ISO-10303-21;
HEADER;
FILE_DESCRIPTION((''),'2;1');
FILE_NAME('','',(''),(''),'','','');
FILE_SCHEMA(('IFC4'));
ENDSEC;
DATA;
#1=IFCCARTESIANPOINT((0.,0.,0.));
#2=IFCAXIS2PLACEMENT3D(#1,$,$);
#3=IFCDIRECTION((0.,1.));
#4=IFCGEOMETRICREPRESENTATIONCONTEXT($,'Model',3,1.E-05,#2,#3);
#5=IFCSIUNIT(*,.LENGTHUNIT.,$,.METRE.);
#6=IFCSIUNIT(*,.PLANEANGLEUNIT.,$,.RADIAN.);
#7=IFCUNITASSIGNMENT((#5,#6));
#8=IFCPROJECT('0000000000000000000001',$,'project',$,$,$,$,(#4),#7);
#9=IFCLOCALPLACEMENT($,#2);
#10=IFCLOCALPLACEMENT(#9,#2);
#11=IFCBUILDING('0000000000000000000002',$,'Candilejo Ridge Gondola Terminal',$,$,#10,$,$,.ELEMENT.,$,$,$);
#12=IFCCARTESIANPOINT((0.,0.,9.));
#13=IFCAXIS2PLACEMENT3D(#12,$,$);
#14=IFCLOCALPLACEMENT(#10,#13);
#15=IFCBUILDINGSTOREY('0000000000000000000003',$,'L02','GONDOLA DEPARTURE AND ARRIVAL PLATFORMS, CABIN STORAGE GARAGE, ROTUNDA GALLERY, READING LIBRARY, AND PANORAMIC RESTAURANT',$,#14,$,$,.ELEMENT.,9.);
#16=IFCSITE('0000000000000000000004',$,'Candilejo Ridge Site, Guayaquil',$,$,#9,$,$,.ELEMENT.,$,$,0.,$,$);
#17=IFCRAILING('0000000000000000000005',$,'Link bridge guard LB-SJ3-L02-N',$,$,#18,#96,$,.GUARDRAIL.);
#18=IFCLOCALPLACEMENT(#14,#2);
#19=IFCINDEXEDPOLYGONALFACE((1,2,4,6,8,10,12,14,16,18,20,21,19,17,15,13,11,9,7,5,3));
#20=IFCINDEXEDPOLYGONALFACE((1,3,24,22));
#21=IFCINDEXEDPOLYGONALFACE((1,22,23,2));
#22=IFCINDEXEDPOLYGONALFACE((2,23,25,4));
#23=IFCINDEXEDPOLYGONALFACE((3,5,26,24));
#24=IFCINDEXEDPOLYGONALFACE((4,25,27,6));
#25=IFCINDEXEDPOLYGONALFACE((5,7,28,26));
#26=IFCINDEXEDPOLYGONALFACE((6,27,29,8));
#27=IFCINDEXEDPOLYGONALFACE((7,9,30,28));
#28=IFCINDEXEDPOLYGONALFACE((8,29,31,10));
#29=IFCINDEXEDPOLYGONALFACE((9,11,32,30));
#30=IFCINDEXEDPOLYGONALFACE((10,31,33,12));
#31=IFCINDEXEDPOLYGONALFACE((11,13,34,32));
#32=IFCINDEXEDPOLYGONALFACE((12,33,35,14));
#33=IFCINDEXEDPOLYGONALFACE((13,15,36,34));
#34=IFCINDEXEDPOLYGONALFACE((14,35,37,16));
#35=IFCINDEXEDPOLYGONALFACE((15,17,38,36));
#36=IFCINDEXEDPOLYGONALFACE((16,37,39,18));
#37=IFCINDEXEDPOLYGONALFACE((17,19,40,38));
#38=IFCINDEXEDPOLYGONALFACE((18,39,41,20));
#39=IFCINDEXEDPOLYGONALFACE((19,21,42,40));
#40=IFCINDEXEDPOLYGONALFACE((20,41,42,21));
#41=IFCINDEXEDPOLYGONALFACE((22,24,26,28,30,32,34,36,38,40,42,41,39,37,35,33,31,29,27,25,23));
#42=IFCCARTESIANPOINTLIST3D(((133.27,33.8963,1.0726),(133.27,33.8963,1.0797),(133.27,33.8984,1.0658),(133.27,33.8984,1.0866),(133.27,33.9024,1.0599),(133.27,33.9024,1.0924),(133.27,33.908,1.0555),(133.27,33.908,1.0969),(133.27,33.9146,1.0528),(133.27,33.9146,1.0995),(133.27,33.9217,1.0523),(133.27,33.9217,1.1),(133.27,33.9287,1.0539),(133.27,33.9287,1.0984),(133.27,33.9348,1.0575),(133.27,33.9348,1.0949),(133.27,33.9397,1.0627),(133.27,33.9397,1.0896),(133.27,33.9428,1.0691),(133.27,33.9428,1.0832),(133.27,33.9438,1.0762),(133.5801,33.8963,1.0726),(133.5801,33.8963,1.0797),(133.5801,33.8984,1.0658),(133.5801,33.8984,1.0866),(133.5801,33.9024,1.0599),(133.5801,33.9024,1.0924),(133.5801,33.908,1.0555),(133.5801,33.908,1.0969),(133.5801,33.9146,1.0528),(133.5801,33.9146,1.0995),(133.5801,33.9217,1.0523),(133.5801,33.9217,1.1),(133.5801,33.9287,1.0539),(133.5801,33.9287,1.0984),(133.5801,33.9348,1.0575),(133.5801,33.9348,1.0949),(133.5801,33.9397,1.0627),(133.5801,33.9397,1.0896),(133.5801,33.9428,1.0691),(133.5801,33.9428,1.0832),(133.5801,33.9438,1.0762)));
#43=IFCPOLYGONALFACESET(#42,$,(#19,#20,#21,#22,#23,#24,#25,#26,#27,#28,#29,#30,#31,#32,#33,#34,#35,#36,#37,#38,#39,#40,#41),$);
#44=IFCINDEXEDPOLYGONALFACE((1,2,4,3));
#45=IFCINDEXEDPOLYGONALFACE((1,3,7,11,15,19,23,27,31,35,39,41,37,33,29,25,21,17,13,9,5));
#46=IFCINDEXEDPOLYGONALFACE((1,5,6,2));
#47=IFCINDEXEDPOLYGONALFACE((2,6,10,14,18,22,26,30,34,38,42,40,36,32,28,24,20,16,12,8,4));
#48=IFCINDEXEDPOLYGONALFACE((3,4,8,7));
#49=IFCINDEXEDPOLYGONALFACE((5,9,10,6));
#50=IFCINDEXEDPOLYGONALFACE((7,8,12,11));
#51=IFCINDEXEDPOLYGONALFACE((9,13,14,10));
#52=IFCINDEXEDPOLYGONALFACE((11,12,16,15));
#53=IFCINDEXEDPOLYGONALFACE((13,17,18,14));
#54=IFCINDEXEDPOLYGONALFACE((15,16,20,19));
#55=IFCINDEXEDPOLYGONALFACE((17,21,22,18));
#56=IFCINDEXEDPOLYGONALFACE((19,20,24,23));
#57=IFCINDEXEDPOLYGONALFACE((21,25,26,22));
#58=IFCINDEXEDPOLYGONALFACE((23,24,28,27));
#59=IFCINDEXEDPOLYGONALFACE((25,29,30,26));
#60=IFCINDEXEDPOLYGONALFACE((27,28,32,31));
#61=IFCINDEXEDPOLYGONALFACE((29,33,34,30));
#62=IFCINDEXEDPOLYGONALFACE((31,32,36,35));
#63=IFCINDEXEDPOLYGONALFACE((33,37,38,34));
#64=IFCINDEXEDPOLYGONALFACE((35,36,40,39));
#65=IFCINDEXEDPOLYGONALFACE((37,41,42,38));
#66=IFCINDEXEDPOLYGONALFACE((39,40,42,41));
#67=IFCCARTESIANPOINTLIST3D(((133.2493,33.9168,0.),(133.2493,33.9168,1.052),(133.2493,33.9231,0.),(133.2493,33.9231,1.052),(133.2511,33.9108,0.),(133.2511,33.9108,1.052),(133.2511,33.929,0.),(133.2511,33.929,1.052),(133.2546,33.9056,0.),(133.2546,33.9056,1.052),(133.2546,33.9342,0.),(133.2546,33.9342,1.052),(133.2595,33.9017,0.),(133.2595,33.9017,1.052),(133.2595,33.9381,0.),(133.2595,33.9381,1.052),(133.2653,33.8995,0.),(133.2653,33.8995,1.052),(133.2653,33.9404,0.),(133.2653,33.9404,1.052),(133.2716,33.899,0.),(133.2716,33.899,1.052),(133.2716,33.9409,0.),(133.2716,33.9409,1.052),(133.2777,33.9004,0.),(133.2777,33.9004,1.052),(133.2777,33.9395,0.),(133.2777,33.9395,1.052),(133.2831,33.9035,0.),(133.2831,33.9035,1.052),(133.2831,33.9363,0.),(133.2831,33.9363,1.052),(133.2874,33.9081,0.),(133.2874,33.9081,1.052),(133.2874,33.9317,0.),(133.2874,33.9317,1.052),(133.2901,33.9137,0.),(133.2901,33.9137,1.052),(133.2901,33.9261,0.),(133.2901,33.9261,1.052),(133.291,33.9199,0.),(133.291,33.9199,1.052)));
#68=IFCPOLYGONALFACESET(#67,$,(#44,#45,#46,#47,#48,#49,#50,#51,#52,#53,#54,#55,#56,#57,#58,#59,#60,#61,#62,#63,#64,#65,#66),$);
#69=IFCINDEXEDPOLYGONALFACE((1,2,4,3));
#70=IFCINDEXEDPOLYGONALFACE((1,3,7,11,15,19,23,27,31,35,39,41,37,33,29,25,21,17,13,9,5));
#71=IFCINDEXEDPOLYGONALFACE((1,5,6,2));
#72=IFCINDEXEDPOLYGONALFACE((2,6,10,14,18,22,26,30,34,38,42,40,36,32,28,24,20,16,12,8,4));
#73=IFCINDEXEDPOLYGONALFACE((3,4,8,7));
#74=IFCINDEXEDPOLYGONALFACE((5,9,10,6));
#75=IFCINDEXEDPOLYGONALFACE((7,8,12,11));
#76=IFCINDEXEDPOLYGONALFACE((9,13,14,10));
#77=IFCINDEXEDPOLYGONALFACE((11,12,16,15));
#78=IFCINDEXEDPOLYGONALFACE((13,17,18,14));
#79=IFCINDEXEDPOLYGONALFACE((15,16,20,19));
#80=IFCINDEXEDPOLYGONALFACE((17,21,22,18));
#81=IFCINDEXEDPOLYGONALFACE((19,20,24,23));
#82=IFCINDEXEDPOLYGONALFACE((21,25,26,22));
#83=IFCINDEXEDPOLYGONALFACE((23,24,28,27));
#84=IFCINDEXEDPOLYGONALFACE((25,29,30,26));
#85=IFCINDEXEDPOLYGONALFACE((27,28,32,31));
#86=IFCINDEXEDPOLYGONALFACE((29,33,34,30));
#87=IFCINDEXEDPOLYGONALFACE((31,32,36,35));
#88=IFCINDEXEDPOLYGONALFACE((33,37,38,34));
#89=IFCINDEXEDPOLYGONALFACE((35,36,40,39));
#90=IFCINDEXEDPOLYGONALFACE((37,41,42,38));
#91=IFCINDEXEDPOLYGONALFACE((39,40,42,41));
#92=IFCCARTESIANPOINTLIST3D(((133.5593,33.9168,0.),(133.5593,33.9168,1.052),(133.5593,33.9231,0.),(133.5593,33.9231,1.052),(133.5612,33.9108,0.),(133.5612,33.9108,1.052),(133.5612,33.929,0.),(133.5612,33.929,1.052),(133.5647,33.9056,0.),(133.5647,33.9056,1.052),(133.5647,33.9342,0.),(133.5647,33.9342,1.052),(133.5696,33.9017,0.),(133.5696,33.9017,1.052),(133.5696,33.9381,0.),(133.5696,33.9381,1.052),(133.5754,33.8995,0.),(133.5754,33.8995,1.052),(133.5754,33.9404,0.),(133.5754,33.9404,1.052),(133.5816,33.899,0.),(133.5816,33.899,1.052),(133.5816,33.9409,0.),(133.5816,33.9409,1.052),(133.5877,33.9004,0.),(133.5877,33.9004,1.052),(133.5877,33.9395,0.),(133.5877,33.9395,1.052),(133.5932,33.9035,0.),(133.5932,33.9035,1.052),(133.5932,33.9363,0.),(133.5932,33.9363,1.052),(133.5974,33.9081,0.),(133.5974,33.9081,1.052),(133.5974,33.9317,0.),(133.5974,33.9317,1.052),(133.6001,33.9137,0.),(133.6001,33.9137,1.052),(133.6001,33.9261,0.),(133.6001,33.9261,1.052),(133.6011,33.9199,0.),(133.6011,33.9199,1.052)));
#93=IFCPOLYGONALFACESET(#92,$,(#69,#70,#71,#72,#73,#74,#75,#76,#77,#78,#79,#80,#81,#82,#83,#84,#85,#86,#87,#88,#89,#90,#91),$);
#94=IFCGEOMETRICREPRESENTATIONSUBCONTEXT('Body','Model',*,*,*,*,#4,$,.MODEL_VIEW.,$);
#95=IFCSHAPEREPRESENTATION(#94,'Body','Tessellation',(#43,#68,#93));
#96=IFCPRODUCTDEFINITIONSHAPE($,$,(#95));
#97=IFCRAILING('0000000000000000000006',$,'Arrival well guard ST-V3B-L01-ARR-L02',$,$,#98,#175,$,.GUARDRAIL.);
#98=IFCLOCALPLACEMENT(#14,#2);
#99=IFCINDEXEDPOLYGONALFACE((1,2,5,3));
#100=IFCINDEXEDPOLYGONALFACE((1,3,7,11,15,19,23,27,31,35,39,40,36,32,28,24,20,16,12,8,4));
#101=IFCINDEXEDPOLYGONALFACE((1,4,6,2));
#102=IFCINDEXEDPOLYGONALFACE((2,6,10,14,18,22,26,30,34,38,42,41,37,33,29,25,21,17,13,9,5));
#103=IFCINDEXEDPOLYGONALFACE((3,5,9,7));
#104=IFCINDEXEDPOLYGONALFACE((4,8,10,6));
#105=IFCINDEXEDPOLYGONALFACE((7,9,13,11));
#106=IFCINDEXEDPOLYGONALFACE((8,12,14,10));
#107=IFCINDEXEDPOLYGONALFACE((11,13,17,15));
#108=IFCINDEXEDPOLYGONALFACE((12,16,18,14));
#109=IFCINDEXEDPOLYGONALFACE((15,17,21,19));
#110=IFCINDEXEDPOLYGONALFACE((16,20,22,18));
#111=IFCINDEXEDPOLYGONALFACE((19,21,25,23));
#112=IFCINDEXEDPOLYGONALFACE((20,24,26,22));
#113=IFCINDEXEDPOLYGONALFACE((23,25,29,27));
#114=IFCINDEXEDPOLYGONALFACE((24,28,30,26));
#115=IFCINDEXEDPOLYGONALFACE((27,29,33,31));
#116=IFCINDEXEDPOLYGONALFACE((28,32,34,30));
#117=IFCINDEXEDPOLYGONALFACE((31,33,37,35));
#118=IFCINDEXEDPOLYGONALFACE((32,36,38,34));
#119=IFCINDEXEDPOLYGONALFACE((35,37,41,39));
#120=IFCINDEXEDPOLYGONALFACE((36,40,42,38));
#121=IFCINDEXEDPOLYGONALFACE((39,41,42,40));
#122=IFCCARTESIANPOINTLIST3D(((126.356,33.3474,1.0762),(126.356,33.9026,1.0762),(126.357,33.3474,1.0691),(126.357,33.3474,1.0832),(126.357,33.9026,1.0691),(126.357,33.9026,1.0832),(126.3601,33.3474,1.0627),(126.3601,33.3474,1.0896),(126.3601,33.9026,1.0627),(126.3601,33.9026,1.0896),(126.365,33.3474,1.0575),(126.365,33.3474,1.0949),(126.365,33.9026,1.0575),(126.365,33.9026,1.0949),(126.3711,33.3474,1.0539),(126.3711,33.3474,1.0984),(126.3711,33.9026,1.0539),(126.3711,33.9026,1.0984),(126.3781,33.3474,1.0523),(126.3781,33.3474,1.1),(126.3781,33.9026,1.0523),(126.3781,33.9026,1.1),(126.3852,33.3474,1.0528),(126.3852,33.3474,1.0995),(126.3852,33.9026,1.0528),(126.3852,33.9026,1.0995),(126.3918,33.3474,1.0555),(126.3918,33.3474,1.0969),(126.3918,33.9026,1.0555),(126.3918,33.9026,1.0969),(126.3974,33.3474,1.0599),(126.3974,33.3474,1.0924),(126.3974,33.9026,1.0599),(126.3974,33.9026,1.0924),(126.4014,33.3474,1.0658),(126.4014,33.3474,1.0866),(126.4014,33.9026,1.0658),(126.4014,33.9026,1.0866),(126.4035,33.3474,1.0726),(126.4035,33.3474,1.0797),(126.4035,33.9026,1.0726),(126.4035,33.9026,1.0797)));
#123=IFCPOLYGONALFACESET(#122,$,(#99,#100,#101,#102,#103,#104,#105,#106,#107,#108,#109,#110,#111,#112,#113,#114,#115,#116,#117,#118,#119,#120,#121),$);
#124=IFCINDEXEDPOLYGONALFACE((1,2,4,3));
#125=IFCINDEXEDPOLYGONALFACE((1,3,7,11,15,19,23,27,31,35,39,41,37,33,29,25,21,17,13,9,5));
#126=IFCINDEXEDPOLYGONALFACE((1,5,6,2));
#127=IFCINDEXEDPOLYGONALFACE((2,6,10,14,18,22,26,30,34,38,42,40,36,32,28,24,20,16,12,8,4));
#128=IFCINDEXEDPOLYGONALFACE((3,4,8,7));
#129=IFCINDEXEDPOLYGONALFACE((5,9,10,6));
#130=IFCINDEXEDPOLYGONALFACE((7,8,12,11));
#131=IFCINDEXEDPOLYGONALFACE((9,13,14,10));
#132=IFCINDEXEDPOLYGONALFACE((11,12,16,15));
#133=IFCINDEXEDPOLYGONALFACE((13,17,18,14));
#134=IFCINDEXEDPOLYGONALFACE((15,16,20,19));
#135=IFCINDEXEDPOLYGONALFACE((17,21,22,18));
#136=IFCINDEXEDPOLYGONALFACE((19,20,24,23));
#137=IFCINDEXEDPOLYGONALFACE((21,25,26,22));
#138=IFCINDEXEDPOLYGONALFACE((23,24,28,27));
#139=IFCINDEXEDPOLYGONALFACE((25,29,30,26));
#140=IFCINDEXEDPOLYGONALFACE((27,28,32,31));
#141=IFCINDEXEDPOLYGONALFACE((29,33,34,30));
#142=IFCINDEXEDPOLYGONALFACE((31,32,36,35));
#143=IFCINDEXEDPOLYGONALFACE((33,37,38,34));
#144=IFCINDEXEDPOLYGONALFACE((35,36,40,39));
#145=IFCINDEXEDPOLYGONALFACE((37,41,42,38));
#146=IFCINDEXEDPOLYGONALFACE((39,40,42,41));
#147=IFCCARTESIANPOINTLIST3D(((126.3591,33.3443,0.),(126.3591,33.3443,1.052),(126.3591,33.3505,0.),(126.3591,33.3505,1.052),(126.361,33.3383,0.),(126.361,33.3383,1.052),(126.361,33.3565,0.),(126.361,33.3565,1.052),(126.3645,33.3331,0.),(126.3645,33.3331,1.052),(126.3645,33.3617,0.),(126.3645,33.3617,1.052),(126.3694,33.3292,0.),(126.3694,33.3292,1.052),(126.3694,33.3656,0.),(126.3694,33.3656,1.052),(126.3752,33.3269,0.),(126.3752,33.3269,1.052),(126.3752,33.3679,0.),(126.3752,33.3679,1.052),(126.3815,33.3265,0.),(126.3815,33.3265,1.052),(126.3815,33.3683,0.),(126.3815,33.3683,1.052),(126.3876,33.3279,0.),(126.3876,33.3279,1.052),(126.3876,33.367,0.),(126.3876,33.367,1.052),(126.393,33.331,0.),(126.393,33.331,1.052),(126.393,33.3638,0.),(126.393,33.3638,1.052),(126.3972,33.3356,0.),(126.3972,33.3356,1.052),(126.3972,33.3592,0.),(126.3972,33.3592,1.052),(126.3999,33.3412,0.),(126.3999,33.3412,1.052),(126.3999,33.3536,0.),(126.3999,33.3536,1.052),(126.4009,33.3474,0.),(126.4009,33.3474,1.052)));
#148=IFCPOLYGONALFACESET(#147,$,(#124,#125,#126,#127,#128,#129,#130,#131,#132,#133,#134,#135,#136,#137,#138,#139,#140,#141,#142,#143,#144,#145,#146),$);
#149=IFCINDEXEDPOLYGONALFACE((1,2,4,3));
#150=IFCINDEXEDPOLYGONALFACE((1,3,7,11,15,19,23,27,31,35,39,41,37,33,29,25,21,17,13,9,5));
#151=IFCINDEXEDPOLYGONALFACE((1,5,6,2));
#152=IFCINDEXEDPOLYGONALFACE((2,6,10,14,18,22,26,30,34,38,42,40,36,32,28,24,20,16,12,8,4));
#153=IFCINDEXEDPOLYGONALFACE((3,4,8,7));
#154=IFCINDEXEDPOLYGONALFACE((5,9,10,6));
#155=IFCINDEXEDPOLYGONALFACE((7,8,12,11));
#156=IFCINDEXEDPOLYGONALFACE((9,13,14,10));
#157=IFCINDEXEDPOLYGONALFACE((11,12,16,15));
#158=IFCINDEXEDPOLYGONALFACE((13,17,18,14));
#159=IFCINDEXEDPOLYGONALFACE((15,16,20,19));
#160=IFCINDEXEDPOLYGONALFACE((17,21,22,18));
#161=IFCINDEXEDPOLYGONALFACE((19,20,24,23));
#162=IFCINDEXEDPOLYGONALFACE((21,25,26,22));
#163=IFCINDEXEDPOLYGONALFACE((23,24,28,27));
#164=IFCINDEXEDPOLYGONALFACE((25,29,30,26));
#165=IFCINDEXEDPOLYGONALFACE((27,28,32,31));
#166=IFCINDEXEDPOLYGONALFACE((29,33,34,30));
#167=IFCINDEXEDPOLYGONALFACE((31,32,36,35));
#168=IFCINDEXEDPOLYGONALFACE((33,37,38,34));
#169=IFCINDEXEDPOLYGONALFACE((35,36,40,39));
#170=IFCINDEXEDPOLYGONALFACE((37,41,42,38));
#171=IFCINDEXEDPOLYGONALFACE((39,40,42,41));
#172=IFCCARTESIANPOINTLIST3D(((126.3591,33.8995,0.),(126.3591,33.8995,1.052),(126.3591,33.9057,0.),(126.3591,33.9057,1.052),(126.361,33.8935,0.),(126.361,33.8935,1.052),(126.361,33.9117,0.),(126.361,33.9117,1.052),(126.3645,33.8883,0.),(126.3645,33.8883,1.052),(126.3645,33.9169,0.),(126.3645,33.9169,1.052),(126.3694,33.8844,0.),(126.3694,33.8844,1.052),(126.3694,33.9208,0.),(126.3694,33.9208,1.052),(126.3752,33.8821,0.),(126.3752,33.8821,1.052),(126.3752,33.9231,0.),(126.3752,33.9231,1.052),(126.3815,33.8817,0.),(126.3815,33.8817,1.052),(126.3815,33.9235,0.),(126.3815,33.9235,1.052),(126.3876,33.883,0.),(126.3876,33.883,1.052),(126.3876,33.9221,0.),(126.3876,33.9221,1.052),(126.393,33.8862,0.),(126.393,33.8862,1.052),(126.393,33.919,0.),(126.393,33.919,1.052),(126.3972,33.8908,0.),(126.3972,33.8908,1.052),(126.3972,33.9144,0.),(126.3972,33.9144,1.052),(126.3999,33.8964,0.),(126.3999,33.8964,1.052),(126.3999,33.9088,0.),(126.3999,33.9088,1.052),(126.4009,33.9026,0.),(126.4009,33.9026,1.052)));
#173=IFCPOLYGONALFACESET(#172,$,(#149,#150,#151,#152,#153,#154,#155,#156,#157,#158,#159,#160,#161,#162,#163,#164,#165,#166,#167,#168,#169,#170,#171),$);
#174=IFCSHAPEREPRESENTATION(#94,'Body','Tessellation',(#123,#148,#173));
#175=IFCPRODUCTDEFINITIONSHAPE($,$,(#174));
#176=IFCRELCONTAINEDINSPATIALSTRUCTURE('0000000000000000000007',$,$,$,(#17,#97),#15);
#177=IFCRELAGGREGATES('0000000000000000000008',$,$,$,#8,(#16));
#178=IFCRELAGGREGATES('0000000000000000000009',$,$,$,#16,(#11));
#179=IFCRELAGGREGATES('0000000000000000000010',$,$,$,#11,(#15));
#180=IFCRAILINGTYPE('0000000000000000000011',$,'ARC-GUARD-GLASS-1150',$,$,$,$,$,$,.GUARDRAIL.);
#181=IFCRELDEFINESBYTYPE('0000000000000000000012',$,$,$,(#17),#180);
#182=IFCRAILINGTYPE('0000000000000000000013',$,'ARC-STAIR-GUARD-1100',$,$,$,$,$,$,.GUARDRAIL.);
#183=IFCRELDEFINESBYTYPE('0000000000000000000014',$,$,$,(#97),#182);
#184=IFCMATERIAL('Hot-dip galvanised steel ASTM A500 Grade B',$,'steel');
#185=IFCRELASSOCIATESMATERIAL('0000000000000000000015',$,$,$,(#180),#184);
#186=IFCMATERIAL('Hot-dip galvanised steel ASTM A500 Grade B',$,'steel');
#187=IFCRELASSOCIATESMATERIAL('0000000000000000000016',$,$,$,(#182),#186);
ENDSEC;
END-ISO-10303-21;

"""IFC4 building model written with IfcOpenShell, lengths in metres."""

from ifc_helpers import new_model, si_unit, direction, frame, origin, origin_2d, place, context, subcontext, project, spatial, circle, extrude, material, type_object, element, save


model = new_model("IFC4")

# Units and contexts
model_context = context("Model", 3, precision=1e-05, world=origin(), true_north=direction((0.0, 1.0)))
body_context = subcontext(model_context, "Body", "Model", "MODEL_VIEW")
ifc_project = project(units=[si_unit("LENGTHUNIT", "METRE"), si_unit("PLANEANGLEUNIT", "RADIAN")], contexts=[model_context])

# Site, building, storey
site_placement = place(None, origin())
site = spatial("IfcSite", under=ifc_project, at=site_placement, Name="Candilejo Ridge Site, Guayaquil", CompositionType="ELEMENT", RefElevation=0.0)
building_placement = place(site_placement, origin())
building = spatial("IfcBuilding", under=site, at=building_placement, Name="Candilejo Ridge Gondola Terminal", CompositionType="ELEMENT")
storey_placement = place(building_placement, frame((0.0, 0.0, 9.0)))
storey = spatial("IfcBuildingStorey", under=building, at=storey_placement, Name="L02", Description="GONDOLA DEPARTURE AND ARRIVAL PLATFORMS, CABIN STORAGE GARAGE, ROTUNDA GALLERY, READING LIBRARY, AND PANORAMIC RESTAURANT", CompositionType="ELEMENT", Elevation=9.0)

# Railings
ifc_material_1 = material(Name="Hot-dip galvanised steel ASTM A500 Grade B", Category="steel")
railing_type_1 = type_object("IfcRailingType", Name="ARC-GUARD-GLASS-1150", PredefinedType="GUARDRAIL", material=ifc_material_1)
railing_1_placement = place(storey_placement, frame((133.27, 33.9199, 0.0)))
element("IfcRailing", 1, at=railing_1_placement, inside=storey, type_object=railing_type_1, Name="Link bridge guard LB-SJ3-L02-N", PredefinedType="GUARDRAIL", context=body_context, shape_type="SweptSolid", body=[
    extrude(circle(Radius=0.0239, at=origin_2d()), frame((0.0, 0.0, 1.0762), z_axis=(1.0, 0.0, 0.0), x_axis=(0.0, 1.0, 0.0)), (0.0, 0.0, 1.0), 0.3101),
    extrude(circle(Radius=0.021, at=origin_2d()), origin(), (0.0, 0.0, 1.0), 1.052),
    extrude(circle(Radius=0.021, at=origin_2d()), frame((0.3101, 0.0, 0.0)), (0.0, 0.0, 1.0), 1.052),
])
ifc_material_2 = material(Name="Hot-dip galvanised steel ASTM A500 Grade B", Category="steel")
railing_type_2 = type_object("IfcRailingType", Name="ARC-STAIR-GUARD-1100", PredefinedType="GUARDRAIL", material=ifc_material_2)
for number, where, name in (
    (2, (126.3799, 33.3474, 0.0), "Arrival well guard ST-V3B-L01-ARR-L02"),
):
    element("IfcRailing", number, at=place(storey_placement, frame(where)), inside=storey, type_object=railing_type_2, Name=name, PredefinedType="GUARDRAIL", context=body_context, shape_type="SweptSolid", body=[
        extrude(circle(Radius=0.0239, at=origin_2d()), frame((0.0, 0.0, 1.0762), z_axis=(0.0, 1.0, 0.0), x_axis=(-1.0, 0.0, 0.0)), (0.0, 0.0, 1.0), 0.5552),
        extrude(circle(Radius=0.021, at=origin_2d()), origin(), (0.0, 0.0, 1.0), 1.052),
        extrude(circle(Radius=0.021, at=origin_2d()), frame((0.0, 0.5552, 0.0)), (0.0, 0.0, 1.0), 1.052),
    ])

save(model, "model.ifc")
